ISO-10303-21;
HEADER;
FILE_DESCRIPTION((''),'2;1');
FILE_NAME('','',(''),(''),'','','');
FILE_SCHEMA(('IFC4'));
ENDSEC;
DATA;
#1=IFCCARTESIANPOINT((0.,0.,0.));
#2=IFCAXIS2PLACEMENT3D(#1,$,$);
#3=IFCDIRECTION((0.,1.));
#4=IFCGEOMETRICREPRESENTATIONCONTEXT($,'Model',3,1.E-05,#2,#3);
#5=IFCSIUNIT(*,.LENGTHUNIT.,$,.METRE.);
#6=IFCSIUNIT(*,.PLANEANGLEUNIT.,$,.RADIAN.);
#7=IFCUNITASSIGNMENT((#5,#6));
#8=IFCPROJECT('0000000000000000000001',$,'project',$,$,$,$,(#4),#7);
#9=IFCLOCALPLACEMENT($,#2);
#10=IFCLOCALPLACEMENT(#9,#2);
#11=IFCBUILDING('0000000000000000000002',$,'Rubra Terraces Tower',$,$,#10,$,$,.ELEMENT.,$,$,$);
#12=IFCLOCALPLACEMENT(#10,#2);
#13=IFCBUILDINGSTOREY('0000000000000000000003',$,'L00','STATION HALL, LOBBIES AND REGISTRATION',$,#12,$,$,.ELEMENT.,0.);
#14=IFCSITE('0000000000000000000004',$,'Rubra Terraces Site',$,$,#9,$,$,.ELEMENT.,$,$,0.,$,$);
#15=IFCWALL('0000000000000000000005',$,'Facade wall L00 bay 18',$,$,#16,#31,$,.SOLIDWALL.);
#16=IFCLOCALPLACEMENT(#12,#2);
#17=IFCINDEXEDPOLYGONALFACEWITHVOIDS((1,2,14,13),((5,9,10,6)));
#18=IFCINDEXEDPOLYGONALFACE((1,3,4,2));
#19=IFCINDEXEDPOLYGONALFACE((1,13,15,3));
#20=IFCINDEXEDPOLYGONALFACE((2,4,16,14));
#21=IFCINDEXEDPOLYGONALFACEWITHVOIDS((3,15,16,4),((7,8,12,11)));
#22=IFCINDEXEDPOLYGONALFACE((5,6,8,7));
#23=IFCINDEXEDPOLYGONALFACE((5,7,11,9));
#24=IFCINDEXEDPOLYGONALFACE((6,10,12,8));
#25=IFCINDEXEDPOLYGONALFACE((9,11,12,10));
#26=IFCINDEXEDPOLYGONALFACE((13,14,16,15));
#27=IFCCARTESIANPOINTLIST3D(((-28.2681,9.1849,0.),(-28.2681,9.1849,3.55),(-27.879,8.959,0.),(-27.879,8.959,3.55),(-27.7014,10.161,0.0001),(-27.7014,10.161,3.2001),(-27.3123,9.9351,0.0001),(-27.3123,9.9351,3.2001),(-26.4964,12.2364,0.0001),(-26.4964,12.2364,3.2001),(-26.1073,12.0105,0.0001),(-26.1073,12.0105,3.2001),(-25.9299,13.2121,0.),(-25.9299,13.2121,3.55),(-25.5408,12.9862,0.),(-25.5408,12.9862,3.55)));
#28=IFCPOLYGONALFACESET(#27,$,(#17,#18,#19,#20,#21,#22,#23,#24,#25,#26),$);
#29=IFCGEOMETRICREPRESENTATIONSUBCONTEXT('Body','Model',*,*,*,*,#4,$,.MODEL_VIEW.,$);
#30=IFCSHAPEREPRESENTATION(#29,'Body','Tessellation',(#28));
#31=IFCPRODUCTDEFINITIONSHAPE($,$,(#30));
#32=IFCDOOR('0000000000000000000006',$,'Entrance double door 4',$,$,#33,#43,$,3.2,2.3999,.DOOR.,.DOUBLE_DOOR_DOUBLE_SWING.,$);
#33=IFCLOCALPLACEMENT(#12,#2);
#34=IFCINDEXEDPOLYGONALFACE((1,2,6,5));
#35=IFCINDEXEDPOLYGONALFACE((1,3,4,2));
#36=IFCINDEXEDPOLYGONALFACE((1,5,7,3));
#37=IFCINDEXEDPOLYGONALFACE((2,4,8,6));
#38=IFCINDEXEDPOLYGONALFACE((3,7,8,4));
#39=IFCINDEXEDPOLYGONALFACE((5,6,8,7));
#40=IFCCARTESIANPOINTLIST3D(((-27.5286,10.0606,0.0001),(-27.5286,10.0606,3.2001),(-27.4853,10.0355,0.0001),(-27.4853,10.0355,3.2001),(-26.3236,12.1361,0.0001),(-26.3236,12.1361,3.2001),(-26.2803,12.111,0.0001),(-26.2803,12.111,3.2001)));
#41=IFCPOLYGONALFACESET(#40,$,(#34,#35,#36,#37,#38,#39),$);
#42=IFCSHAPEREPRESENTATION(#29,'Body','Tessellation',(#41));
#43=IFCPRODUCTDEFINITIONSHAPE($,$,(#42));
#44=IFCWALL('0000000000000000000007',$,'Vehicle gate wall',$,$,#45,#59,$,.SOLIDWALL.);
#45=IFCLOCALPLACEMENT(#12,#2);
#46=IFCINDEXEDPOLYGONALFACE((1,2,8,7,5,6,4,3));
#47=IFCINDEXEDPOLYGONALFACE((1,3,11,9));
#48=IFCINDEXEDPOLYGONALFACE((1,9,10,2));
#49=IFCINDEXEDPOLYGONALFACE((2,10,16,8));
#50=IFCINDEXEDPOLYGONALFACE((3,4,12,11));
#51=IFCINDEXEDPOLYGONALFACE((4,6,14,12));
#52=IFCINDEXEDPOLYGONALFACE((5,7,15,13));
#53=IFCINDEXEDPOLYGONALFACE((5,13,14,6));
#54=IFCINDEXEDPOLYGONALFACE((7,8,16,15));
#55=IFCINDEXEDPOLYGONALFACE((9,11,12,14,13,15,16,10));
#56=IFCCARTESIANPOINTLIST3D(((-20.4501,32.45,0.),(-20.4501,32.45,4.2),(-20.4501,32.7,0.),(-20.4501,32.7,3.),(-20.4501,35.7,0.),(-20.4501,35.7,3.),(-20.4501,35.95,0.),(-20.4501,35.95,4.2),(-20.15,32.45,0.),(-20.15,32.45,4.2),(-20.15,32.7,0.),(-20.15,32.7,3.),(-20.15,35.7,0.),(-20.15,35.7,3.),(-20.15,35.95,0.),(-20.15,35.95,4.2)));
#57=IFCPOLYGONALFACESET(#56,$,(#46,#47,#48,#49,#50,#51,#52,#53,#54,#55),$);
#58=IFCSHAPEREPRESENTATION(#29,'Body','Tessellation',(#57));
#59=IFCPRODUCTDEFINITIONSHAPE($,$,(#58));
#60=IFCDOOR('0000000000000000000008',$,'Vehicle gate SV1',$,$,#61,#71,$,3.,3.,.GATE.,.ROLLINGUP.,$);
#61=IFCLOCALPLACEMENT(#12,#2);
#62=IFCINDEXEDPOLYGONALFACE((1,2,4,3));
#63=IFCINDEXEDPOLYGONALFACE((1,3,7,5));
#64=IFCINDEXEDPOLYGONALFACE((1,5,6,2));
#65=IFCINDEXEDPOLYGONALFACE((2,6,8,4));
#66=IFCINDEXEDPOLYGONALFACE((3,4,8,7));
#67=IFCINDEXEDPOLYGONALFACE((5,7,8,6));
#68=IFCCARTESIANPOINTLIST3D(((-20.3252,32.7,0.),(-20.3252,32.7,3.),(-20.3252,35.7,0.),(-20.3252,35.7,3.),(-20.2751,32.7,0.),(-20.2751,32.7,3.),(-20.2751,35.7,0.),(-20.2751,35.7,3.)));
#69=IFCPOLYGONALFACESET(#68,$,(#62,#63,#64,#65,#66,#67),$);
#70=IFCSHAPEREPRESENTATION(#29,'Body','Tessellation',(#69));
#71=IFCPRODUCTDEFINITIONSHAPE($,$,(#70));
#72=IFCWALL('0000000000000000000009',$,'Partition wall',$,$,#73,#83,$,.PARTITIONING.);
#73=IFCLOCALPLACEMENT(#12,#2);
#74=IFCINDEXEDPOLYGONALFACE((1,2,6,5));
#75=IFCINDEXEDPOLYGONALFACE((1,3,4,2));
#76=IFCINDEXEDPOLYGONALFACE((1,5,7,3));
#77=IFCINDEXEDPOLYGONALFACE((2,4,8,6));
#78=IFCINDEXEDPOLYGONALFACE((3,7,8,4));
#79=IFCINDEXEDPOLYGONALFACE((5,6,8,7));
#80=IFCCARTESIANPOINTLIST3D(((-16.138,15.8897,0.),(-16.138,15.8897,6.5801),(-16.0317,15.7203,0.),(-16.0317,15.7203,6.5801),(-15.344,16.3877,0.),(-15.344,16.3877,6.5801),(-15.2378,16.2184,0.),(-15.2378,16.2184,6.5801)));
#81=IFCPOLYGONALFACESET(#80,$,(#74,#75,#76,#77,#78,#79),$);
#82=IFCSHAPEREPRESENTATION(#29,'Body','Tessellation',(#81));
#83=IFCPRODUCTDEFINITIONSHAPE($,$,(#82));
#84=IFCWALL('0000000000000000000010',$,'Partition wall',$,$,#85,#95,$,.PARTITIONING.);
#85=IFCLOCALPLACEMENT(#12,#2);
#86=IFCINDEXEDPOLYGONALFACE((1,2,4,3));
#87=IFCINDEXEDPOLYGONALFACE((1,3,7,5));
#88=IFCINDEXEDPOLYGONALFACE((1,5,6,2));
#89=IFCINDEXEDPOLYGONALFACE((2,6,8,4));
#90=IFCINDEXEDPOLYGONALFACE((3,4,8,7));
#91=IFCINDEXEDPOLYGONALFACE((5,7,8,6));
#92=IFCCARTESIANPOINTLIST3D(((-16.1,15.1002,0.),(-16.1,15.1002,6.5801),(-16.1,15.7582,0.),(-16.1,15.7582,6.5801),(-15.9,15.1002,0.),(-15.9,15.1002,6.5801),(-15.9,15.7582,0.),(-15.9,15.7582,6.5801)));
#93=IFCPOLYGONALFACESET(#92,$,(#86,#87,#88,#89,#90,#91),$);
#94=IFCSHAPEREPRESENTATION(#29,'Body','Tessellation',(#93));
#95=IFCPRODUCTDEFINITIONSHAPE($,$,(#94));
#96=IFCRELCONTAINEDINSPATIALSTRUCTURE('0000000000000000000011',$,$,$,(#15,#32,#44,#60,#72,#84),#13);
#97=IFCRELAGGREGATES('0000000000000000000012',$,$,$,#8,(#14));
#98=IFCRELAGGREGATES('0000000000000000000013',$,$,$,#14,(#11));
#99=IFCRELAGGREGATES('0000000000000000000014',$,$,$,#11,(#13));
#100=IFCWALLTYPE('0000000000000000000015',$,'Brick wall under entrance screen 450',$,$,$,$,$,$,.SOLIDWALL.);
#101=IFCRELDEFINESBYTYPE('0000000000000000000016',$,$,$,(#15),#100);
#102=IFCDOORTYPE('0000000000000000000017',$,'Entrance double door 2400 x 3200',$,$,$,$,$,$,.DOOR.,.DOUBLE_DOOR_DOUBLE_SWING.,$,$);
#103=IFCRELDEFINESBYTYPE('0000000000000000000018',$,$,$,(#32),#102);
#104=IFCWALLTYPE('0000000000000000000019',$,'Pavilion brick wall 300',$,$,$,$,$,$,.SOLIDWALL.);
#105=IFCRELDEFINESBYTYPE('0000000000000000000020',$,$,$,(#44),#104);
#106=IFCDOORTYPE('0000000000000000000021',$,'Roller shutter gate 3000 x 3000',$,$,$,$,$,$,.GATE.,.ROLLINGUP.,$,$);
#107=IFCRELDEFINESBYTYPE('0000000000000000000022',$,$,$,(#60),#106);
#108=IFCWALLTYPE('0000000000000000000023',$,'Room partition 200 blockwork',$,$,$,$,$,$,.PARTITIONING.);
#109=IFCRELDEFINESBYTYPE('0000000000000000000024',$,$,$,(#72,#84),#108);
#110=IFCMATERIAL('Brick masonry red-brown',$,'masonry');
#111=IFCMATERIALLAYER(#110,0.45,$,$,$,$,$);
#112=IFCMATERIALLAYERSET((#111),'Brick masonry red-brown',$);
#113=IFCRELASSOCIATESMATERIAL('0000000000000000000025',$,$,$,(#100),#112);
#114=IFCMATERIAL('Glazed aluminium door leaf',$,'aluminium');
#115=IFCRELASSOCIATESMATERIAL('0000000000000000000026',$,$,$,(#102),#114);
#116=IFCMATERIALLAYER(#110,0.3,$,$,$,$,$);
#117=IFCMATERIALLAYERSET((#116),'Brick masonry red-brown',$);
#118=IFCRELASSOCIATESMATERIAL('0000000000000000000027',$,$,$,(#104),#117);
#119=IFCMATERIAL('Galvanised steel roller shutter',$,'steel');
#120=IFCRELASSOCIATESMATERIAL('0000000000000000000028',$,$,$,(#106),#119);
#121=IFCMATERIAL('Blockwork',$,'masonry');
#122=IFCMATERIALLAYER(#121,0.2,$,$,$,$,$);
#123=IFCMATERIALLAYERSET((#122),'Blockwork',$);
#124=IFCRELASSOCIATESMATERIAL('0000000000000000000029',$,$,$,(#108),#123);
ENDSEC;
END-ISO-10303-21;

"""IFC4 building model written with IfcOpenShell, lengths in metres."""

from ifc_helpers import new_model, si_unit, direction, frame, frame_2d, origin, place, context, subcontext, project, spatial, rectangle, extrude, material, layer, layer_set, type_object, element, fill, save


model = new_model("IFC4")

# Units and contexts
model_context = context("Model", 3, precision=1e-05, world=origin(), true_north=direction((0.0, 1.0)))
body_context = subcontext(model_context, "Body", "Model", "MODEL_VIEW")
ifc_project = project(units=[si_unit("LENGTHUNIT", "METRE"), si_unit("PLANEANGLEUNIT", "RADIAN")], contexts=[model_context])

# Site, building, storey
site_placement = place(None, origin())
site = spatial("IfcSite", under=ifc_project, at=site_placement, Name="Rubra Terraces Site", CompositionType="ELEMENT", RefElevation=0.0)
building_placement = place(site_placement, origin())
building = spatial("IfcBuilding", under=site, at=building_placement, Name="Rubra Terraces Tower", CompositionType="ELEMENT")
storey_placement = place(building_placement, origin())
storey = spatial("IfcBuildingStorey", under=building, at=storey_placement, Name="L00", Description="STATION HALL, LOBBIES AND REGISTRATION", CompositionType="ELEMENT", Elevation=0.0)

# Shared definitions
ifc_material_1 = material(Name="Brick masonry red-brown", Category="masonry")
ifc_material_2 = material(Name="Glazed aluminium door leaf", Category="aluminium")

# Walls, openings, doors
ifc_layer_1 = layer(ifc_material_1, 0.45)
ifc_layer_set_1 = layer_set([ifc_layer_1], Name="Brick masonry red-brown")
wall_type_1 = type_object("IfcWallType", Name="Brick wall under entrance screen 450", PredefinedType="SOLIDWALL", material=ifc_layer_set_1)
wall_1_placement = place(storey_placement, frame((-25.7354, 13.0991, 0.0), z_axis=(0.0, 0.0, 1.0), x_axis=(-0.502106, -0.864806, 0.0)))
wall_1 = element("IfcWall", 1, at=wall_1_placement, inside=storey, type_object=wall_type_1, Name="Facade wall L00 bay 18", PredefinedType="SOLIDWALL", context=body_context, shape_type="SweptSolid", body=[
    extrude(rectangle(XDim=4.6567, YDim=0.45, at=frame_2d((2.3284, 0.0))), origin(), (0.0, 0.0, 1.0), 3.55),
])
opening_1_placement = place(wall_1_placement, frame((1.1282, 0.0, 0.0)))
opening_1 = element("IfcOpeningElement", 2, at=opening_1_placement, cuts=wall_1, PredefinedType="OPENING", context=body_context, shape_type="SweptSolid", body=[
    extrude(rectangle(XDim=2.3999, YDim=3.2, at=frame_2d((1.2, 1.6001))), frame((0.0, 0.2349, 0.0), z_axis=(0.0, -1.0, 0.0), x_axis=(1.0, 0.0, 0.0)), (0.0, 0.0, 1.0), 0.47),
])
door_type_1 = type_object("IfcDoorType", Name="Entrance double door 2400 x 3200", OperationType="DOUBLE_DOOR_DOUBLE_SWING", PredefinedType="DOOR", material=ifc_material_2)
door_1_placement = place(opening_1_placement, origin())
door_1 = element("IfcDoor", 3, at=door_1_placement, inside=storey, type_object=door_type_1, Name="Entrance double door 4", OperationType="DOUBLE_DOOR_DOUBLE_SWING", OverallHeight=3.2, OverallWidth=2.3999, PredefinedType="DOOR", context=body_context, shape_type="SweptSolid", body=[
    extrude(rectangle(XDim=2.3999, YDim=3.2, at=frame_2d((1.2, 1.6001))), frame((0.0, 0.0249, 0.0), z_axis=(0.0, -1.0, 0.0), x_axis=(1.0, 0.0, 0.0)), (0.0, 0.0, 1.0), 0.05),
])
fill(opening_1, door_1)
ifc_layer_2 = layer(ifc_material_1, 0.3)
ifc_layer_set_2 = layer_set([ifc_layer_2], Name="Brick masonry red-brown")
wall_type_2 = type_object("IfcWallType", Name="Pavilion brick wall 300", PredefinedType="SOLIDWALL", material=ifc_layer_set_2)
wall_2_placement = place(storey_placement, frame((-20.3, 35.95, 0.0), z_axis=(0.0, 0.0, 1.0), x_axis=(0.0, -1.0, 0.0)))
wall_2 = element("IfcWall", 4, at=wall_2_placement, inside=storey, type_object=wall_type_2, Name="Vehicle gate wall", PredefinedType="SOLIDWALL", context=body_context, shape_type="SweptSolid", body=[
    extrude(rectangle(XDim=3.5, YDim=0.3, at=frame_2d((1.75, 0.0))), origin(), (0.0, 0.0, 1.0), 4.2),
])
opening_2_placement = place(wall_2_placement, frame((0.25, 0.0, 0.0)))
opening_2 = element("IfcOpeningElement", 5, at=opening_2_placement, cuts=wall_2, PredefinedType="OPENING", context=body_context, shape_type="SweptSolid", body=[
    extrude(rectangle(XDim=3.0, YDim=3.0, at=frame_2d((1.5, 1.5))), frame((0.0, 0.1599, 0.0), z_axis=(0.0, -1.0, 0.0), x_axis=(1.0, 0.0, 0.0)), (0.0, 0.0, 1.0), 0.3201),
])
ifc_material_3 = material(Name="Galvanised steel roller shutter", Category="steel")
door_type_2 = type_object("IfcDoorType", Name="Roller shutter gate 3000 x 3000", OperationType="ROLLINGUP", PredefinedType="GATE", material=ifc_material_3)
door_2_placement = place(opening_2_placement, origin())
door_2 = element("IfcDoor", 6, at=door_2_placement, inside=storey, type_object=door_type_2, Name="Vehicle gate SV1", OperationType="ROLLINGUP", OverallHeight=3.0, OverallWidth=3.0, PredefinedType="GATE", context=body_context, shape_type="SweptSolid", body=[
    extrude(rectangle(XDim=3.0, YDim=3.0, at=frame_2d((1.5, 1.5))), frame((0.0, 0.0249, 0.0), z_axis=(0.0, -1.0, 0.0), x_axis=(1.0, 0.0, 0.0)), (0.0, 0.0, 1.0), 0.05),
])
fill(opening_2, door_2)

# Walls
ifc_material_4 = material(Name="Blockwork", Category="masonry")
ifc_layer_3 = layer(ifc_material_4, 0.2)
ifc_layer_set_3 = layer_set([ifc_layer_3], Name="Blockwork")
wall_type_3 = type_object("IfcWallType", Name="Room partition 200 blockwork", PredefinedType="PARTITIONING", material=ifc_layer_set_3)
wall_3_placement = place(storey_placement, frame((-16.085, 15.8049, 0.0), z_axis=(0.0, 0.0, 1.0), x_axis=(0.847119, 0.531403, 0.0)))
element("IfcWall", 7, at=wall_3_placement, inside=storey, type_object=wall_type_3, Name="Partition wall", PredefinedType="PARTITIONING", context=body_context, shape_type="SweptSolid", body=[
    extrude(rectangle(XDim=0.9373, YDim=0.2, at=frame_2d((0.4688, 0.0))), origin(), (0.0, 0.0, 1.0), 6.5801),
])
wall_4_placement = place(storey_placement, frame((-16.0, 15.1001, 0.0), z_axis=(0.0, 0.0, 1.0), x_axis=(0.0, 1.0, 0.0)))
element("IfcWall", 8, at=wall_4_placement, inside=storey, type_object=wall_type_3, Name="Partition wall", PredefinedType="PARTITIONING", context=body_context, shape_type="SweptSolid", body=[
    extrude(rectangle(XDim=0.658, YDim=0.2, at=frame_2d((0.3291, 0.0))), origin(), (0.0, 0.0, 1.0), 6.5801),
])

save(model, "model.ifc")
